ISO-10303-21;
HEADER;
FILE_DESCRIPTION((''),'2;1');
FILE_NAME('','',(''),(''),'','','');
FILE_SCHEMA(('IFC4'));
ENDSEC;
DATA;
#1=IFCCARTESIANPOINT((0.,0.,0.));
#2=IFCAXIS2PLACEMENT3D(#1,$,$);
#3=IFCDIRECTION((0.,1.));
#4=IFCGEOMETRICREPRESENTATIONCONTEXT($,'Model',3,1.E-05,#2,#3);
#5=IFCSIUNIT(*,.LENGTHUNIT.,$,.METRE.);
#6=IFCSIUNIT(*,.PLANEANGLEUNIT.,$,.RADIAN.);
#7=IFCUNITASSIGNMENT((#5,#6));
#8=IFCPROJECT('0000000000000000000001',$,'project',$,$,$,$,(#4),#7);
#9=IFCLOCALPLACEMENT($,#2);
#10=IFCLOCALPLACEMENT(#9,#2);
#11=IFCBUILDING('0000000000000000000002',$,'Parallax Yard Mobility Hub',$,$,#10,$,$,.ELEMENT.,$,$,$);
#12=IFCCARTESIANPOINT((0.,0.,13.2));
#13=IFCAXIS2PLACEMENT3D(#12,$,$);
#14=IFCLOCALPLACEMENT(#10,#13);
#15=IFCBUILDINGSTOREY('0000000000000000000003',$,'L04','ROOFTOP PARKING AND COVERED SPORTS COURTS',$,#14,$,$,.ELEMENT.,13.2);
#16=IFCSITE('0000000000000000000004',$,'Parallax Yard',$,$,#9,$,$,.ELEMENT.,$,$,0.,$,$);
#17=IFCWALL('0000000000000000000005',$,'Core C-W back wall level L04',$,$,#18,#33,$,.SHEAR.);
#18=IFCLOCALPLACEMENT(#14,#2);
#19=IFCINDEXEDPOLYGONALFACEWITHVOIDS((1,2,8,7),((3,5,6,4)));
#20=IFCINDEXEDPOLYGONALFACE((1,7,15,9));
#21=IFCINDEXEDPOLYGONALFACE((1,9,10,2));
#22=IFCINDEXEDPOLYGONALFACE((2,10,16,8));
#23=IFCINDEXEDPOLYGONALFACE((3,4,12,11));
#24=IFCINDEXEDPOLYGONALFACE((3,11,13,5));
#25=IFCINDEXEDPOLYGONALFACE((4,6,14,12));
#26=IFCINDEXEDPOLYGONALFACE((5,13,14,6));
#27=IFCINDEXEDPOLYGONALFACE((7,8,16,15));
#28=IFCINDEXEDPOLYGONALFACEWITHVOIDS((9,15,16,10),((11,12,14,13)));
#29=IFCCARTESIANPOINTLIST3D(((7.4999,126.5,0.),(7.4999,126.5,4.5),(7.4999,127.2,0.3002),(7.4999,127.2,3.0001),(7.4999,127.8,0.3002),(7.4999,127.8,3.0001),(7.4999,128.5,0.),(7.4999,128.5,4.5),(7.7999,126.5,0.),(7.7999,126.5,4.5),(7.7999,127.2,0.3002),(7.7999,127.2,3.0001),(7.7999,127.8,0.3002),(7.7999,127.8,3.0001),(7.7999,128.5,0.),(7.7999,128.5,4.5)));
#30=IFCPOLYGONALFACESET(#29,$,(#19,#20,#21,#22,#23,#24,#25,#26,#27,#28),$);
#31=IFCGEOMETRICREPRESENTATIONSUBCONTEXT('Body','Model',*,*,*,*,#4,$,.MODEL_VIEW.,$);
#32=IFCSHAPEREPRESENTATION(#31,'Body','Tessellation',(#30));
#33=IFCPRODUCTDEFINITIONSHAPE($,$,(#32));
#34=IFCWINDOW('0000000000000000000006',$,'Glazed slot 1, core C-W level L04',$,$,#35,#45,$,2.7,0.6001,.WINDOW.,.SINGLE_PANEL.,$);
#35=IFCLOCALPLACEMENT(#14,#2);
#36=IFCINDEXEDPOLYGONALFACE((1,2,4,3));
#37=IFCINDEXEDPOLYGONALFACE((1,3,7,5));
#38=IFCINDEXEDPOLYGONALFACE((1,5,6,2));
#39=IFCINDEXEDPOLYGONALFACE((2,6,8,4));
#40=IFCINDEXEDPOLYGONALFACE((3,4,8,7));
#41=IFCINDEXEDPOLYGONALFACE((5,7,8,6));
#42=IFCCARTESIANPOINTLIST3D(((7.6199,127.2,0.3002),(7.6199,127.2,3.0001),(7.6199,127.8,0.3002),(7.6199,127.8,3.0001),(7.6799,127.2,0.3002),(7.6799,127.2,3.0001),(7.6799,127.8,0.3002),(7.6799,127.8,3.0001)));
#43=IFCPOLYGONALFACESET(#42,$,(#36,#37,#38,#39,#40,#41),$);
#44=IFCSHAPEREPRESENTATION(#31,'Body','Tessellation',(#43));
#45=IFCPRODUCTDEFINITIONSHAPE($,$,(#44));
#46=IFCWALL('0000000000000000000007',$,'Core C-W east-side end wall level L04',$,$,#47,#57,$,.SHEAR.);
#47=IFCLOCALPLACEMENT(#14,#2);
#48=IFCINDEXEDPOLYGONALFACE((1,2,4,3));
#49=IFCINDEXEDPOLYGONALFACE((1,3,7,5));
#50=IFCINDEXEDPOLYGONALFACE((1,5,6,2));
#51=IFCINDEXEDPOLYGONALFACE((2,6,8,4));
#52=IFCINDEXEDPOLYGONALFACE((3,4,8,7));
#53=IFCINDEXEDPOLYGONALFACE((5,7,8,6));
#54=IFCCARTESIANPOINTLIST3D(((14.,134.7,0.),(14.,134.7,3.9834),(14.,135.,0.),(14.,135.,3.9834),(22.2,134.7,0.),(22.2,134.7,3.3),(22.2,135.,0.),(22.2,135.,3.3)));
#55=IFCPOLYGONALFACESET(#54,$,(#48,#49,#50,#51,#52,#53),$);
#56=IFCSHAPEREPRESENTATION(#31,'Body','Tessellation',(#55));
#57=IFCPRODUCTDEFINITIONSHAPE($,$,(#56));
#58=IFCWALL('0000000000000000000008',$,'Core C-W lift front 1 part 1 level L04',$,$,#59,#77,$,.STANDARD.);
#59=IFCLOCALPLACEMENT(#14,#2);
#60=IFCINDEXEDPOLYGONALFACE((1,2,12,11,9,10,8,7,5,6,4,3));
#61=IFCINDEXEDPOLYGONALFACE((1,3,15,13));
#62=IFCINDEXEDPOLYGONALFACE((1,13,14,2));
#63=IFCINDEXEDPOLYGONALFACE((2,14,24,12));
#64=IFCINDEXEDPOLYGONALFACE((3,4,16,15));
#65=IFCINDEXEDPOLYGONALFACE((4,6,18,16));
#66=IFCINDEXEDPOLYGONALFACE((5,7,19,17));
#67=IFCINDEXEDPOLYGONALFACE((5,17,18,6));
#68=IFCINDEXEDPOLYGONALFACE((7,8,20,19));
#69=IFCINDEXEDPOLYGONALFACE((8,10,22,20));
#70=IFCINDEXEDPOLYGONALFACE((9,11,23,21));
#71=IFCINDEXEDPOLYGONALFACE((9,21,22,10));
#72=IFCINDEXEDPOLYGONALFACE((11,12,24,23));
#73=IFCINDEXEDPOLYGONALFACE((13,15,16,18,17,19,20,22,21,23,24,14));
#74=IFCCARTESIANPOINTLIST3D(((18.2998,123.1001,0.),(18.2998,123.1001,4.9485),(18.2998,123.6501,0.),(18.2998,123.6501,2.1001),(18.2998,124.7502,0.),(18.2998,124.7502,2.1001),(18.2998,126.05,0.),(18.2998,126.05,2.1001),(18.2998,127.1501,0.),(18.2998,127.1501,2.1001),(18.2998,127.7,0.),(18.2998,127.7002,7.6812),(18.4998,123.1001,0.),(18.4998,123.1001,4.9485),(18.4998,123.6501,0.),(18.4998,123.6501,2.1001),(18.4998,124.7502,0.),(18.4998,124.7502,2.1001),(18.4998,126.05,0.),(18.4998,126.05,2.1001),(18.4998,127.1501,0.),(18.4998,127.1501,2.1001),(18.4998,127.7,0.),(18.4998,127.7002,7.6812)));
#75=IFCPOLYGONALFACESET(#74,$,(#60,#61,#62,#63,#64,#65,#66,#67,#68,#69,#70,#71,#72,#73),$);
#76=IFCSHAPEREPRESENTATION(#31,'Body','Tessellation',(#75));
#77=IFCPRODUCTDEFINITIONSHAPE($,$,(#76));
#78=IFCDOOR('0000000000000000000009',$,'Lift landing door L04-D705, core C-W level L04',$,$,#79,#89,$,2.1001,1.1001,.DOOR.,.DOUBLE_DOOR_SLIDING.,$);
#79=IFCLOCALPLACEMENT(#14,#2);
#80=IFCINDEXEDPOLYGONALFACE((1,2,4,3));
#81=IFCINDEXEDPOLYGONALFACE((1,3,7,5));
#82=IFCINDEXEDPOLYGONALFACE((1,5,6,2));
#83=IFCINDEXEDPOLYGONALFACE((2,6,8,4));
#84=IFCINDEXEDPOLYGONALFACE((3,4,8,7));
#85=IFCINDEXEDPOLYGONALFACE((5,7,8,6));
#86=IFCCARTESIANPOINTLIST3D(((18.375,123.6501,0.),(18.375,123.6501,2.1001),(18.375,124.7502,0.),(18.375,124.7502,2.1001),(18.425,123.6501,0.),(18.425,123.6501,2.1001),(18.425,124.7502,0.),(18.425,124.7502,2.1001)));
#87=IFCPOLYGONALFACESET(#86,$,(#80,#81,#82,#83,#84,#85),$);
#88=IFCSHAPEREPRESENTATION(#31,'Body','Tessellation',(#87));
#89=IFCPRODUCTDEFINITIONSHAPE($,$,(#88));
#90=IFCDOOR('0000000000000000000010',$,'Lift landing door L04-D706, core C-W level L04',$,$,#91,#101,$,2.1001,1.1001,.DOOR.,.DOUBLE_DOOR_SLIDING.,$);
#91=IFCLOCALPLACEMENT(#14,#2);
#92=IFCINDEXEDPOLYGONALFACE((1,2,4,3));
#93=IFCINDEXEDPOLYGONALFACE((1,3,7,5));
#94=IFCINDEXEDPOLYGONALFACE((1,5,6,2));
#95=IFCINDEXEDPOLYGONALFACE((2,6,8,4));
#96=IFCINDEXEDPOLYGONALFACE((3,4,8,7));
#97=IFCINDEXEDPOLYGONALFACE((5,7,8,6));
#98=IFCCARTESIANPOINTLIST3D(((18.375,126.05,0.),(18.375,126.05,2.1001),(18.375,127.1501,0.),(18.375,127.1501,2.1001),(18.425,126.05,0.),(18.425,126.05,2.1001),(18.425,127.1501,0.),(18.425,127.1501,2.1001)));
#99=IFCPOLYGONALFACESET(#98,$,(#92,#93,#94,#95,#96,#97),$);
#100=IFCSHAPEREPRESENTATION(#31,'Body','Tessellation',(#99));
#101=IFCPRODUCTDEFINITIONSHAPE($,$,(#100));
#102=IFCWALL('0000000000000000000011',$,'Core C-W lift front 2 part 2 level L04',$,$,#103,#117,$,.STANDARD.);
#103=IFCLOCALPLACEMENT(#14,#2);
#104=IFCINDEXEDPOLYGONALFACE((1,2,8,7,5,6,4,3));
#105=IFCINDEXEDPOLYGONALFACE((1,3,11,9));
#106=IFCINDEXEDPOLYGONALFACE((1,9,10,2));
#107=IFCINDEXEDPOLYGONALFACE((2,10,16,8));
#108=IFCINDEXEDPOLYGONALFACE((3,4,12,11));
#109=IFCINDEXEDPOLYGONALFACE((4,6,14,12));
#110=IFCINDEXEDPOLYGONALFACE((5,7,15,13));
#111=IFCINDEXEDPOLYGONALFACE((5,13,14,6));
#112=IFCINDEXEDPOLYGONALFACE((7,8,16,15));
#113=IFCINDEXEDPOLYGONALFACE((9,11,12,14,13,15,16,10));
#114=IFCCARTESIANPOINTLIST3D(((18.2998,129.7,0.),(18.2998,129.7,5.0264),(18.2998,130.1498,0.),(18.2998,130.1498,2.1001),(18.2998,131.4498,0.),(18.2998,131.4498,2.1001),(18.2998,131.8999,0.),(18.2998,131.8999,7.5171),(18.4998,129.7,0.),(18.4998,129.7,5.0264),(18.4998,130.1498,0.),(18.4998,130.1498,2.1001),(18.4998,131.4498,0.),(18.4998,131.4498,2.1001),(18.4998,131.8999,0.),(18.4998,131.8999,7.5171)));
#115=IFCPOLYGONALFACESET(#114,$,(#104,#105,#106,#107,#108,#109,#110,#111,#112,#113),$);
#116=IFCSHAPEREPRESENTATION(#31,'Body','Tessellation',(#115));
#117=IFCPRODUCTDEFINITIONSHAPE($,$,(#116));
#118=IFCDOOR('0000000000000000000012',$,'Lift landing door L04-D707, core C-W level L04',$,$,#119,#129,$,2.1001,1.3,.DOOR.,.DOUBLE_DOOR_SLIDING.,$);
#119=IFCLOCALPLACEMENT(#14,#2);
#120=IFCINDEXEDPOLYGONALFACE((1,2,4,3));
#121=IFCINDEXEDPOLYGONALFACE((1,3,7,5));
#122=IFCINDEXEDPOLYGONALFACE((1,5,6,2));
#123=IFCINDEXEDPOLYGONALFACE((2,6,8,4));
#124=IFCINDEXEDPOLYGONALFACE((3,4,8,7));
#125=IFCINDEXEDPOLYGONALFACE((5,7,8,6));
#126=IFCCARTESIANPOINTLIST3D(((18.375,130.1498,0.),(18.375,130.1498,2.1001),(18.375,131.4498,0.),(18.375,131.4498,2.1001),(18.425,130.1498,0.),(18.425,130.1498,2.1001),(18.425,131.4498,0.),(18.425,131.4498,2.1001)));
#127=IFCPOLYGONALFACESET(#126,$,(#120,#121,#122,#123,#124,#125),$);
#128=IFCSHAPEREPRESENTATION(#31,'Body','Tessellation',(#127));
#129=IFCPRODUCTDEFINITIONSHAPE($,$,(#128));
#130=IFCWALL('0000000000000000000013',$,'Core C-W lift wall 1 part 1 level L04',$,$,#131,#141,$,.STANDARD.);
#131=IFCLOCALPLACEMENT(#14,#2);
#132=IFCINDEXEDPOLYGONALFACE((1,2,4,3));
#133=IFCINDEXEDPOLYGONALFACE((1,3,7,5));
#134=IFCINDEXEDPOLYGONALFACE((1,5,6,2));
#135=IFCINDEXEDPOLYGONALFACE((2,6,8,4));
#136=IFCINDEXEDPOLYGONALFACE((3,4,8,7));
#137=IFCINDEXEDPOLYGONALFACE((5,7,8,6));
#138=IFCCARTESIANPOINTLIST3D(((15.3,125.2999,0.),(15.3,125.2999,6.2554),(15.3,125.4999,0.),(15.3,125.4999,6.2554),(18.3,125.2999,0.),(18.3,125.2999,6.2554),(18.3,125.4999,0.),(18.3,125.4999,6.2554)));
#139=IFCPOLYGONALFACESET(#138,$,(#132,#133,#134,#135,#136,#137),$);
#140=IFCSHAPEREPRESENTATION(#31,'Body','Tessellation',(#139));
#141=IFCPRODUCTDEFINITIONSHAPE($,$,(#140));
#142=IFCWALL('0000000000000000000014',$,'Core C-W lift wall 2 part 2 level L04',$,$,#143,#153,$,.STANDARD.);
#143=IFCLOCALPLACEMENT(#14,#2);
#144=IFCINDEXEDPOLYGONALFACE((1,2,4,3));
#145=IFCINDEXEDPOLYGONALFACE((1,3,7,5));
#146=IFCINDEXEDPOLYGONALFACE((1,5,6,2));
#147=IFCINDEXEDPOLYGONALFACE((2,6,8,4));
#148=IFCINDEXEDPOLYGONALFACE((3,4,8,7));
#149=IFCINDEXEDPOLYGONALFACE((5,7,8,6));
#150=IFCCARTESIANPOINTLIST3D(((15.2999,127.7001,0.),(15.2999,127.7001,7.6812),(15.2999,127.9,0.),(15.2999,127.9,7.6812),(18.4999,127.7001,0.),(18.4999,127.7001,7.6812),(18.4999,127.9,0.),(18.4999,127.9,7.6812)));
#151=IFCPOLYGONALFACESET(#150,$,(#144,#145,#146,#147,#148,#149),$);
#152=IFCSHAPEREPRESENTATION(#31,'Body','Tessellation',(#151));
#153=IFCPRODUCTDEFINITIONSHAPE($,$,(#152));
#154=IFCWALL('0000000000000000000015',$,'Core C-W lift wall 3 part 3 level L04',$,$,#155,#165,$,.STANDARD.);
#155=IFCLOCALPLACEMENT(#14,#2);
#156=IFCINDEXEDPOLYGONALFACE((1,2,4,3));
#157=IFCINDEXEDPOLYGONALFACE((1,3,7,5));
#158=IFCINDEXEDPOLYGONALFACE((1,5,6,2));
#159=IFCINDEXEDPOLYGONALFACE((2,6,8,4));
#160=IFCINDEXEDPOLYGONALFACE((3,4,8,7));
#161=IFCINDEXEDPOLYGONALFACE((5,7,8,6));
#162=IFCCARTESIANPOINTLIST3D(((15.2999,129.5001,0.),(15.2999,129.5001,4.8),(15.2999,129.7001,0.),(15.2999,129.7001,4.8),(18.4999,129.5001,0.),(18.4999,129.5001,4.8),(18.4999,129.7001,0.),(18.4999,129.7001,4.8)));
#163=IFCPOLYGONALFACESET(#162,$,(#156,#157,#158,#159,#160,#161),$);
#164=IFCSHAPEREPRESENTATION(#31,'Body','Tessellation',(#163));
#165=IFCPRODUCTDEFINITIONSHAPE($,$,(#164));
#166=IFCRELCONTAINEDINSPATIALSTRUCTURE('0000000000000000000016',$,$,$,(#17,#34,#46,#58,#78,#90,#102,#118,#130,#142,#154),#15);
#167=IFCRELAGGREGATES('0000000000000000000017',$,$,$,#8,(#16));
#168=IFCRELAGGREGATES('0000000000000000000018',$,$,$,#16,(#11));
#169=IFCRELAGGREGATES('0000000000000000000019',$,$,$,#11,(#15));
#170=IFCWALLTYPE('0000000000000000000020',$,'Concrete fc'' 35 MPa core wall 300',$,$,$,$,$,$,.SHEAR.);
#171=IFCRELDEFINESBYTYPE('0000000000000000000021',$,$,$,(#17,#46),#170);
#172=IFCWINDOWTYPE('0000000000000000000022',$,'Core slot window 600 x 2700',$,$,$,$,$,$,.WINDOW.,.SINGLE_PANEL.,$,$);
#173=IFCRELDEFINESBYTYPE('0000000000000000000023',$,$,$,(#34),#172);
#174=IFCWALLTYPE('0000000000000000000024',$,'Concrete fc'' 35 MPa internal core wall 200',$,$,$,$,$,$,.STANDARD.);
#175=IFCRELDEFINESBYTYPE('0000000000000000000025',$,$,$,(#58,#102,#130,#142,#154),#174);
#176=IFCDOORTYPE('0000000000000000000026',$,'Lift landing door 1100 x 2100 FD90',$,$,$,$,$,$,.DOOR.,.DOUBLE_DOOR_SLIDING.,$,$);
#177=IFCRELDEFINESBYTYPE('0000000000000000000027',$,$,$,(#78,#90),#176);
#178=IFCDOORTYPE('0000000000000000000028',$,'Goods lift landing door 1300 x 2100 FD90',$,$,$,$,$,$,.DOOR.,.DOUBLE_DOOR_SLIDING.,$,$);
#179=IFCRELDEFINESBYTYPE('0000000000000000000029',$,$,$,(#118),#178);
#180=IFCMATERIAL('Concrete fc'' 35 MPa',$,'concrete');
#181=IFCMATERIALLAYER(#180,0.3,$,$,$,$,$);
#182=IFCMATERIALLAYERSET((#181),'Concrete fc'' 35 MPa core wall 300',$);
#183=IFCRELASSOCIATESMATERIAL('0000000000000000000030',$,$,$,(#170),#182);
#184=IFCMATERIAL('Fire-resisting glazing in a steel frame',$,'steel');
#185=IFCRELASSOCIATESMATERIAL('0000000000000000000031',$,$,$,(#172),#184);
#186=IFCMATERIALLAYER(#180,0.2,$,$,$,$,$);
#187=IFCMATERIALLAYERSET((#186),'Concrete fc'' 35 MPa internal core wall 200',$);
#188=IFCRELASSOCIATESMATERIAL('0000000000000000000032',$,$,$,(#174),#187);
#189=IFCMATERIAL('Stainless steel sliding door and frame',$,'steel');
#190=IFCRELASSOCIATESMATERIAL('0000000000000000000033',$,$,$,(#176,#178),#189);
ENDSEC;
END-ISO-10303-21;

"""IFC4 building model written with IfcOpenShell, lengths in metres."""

from ifc_helpers import new_model, si_unit, direction, frame, frame_2d, origin, place, context, subcontext, project, spatial, polyline, rectangle, outline, extrude, material, layer, layer_set, type_object, element, fill, save


model = new_model("IFC4")

# Units and contexts
model_context = context("Model", 3, precision=1e-05, world=origin(), true_north=direction((0.0, 1.0)))
body_context = subcontext(model_context, "Body", "Model", "MODEL_VIEW")
ifc_project = project(units=[si_unit("LENGTHUNIT", "METRE"), si_unit("PLANEANGLEUNIT", "RADIAN")], contexts=[model_context])

# Site, building, storey
site_placement = place(None, origin())
site = spatial("IfcSite", under=ifc_project, at=site_placement, Name="Parallax Yard", CompositionType="ELEMENT", RefElevation=0.0)
building_placement = place(site_placement, origin())
building = spatial("IfcBuilding", under=site, at=building_placement, Name="Parallax Yard Mobility Hub", CompositionType="ELEMENT")
storey_placement = place(building_placement, frame((0.0, 0.0, 13.2)))
storey = spatial("IfcBuildingStorey", under=building, at=storey_placement, Name="L04", Description="ROOFTOP PARKING AND COVERED SPORTS COURTS", CompositionType="ELEMENT", Elevation=13.2)

# Wall, opening, window
ifc_material_1 = material(Name="Concrete fc' 35 MPa", Category="concrete")
ifc_layer_1 = layer(ifc_material_1, 0.3)
ifc_layer_set_1 = layer_set([ifc_layer_1], Name="Concrete fc' 35 MPa core wall 300")
wall_type_1 = type_object("IfcWallType", Name="Concrete fc' 35 MPa core wall 300", PredefinedType="SHEAR", material=ifc_layer_set_1)
wall_1_placement = place(storey_placement, frame((7.6499, 126.5, 0.0), z_axis=(0.0, 0.0, 1.0), x_axis=(0.0, 1.0, 0.0)))
wall_1 = element("IfcWall", 1, at=wall_1_placement, inside=storey, type_object=wall_type_1, Name="Core C-W back wall level L04", PredefinedType="SHEAR", context=body_context, shape_type="SweptSolid", body=[
    extrude(rectangle(XDim=2.0, YDim=0.3, at=frame_2d((1.0, 0.0))), origin(), (0.0, 0.0, 1.0), 4.5),
])
opening_1_placement = place(wall_1_placement, frame((0.7, 0.0, 0.3)))
opening_1 = element("IfcOpeningElement", 2, at=opening_1_placement, cuts=wall_1, PredefinedType="OPENING", context=body_context, shape_type="SweptSolid", body=[
    extrude(rectangle(XDim=0.6001, YDim=2.7, at=frame_2d((0.3, 1.3501))), frame((0.0, 0.1602, 0.0), z_axis=(0.0, -1.0, 0.0), x_axis=(1.0, 0.0, 0.0)), (0.0, 0.0, 1.0), 0.3201),
])
ifc_material_2 = material(Name="Fire-resisting glazing in a steel frame", Category="steel")
window_type = type_object("IfcWindowType", Name="Core slot window 600 x 2700", PartitioningType="SINGLE_PANEL", PredefinedType="WINDOW", material=ifc_material_2)
window_placement = place(opening_1_placement, origin())
window = element("IfcWindow", 3, at=window_placement, inside=storey, type_object=window_type, Name="Glazed slot 1, core C-W level L04", OverallHeight=2.7, OverallWidth=0.6001, PartitioningType="SINGLE_PANEL", PredefinedType="WINDOW", context=body_context, shape_type="SweptSolid", body=[
    extrude(rectangle(XDim=0.6001, YDim=2.7, at=frame_2d((0.3, 1.3501))), frame((0.0, 0.03, 0.0), z_axis=(0.0, -1.0, 0.0), x_axis=(1.0, 0.0, 0.0)), (0.0, 0.0, 1.0), 0.0601),
])
fill(opening_1, window)

# Wall
wall_2_placement = place(storey_placement, frame((14.0, 134.8501, 0.0), z_axis=(0.0, 0.0, 1.0), x_axis=(1.0, 0.0, 0.0)))
element("IfcWall", 4, at=wall_2_placement, inside=storey, type_object=wall_type_1, Name="Core C-W east-side end wall level L04", PredefinedType="SHEAR", context=body_context, shape_type="SweptSolid", body=[
    extrude(outline(polyline([(0.0, 0.0), (8.2, 0.0), (8.2, 3.3), (0.0, 3.9834), (0.0, 0.0)])), frame((0.0, 0.1499, 0.0), z_axis=(0.0, -1.0, 0.0), x_axis=(1.0, 0.0, 0.0)), (0.0, 0.0, 1.0), 0.3),
])

# Wall, openings, doors
ifc_layer_2 = layer(ifc_material_1, 0.2)
ifc_layer_set_2 = layer_set([ifc_layer_2], Name="Concrete fc' 35 MPa internal core wall 200")
wall_type_2 = type_object("IfcWallType", Name="Concrete fc' 35 MPa internal core wall 200", PredefinedType="STANDARD", material=ifc_layer_set_2)
wall_3_placement = place(storey_placement, frame((18.3999, 123.1001, 0.0), z_axis=(0.0, 0.0, 1.0), x_axis=(0.0, 1.0, 0.0)))
wall_3 = element("IfcWall", 5, at=wall_3_placement, inside=storey, type_object=wall_type_2, Name="Core C-W lift front 1 part 1 level L04", PredefinedType="STANDARD", context=body_context, shape_type="SweptSolid", body=[
    extrude(outline(polyline([(0.0, 0.0), (4.5999, 0.0), (4.6001, 7.6812), (0.0, 4.9485), (0.0, 0.0)])), frame((0.0, 0.1001, 0.0), z_axis=(0.0, -1.0, 0.0), x_axis=(1.0, 0.0, 0.0)), (0.0, 0.0, 1.0), 0.2),
])
opening_2_placement = place(wall_3_placement, frame((0.55, 0.0, 0.0)))
opening_2 = element("IfcOpeningElement", 6, at=opening_2_placement, cuts=wall_3, PredefinedType="OPENING", context=body_context, shape_type="SweptSolid", body=[
    extrude(rectangle(XDim=1.1001, YDim=2.1001, at=frame_2d((0.55, 1.05))), frame((0.0, 0.1099, 0.0), z_axis=(0.0, -1.0, 0.0), x_axis=(1.0, 0.0, 0.0)), (0.0, 0.0, 1.0), 0.22),
])
opening_3_placement = place(wall_3_placement, frame((2.95, 0.0, 0.0)))
opening_3 = element("IfcOpeningElement", 7, at=opening_3_placement, cuts=wall_3, PredefinedType="OPENING", context=body_context, shape_type="SweptSolid", body=[
    extrude(rectangle(XDim=1.1001, YDim=2.1001, at=frame_2d((0.55, 1.05))), frame((0.0, 0.1099, 0.0), z_axis=(0.0, -1.0, 0.0), x_axis=(1.0, 0.0, 0.0)), (0.0, 0.0, 1.0), 0.22),
])
ifc_material_3 = material(Name="Stainless steel sliding door and frame", Category="steel")
door_type_1 = type_object("IfcDoorType", Name="Lift landing door 1100 x 2100 FD90", OperationType="DOUBLE_DOOR_SLIDING", PredefinedType="DOOR", material=ifc_material_3)
door_1_placement = place(opening_2_placement, origin())
door_1 = element("IfcDoor", 8, at=door_1_placement, inside=storey, type_object=door_type_1, Name="Lift landing door L04-D705, core C-W level L04", OperationType="DOUBLE_DOOR_SLIDING", OverallHeight=2.1001, OverallWidth=1.1001, PredefinedType="DOOR", context=body_context, shape_type="SweptSolid", body=[
    extrude(rectangle(XDim=1.1001, YDim=2.1001, at=frame_2d((0.55, 1.05))), frame((0.0, 0.0249, 0.0), z_axis=(0.0, -1.0, 0.0), x_axis=(1.0, 0.0, 0.0)), (0.0, 0.0, 1.0), 0.05),
])
fill(opening_2, door_1)
door_2_placement = place(opening_3_placement, origin())
door_2 = element("IfcDoor", 9, at=door_2_placement, inside=storey, type_object=door_type_1, Name="Lift landing door L04-D706, core C-W level L04", OperationType="DOUBLE_DOOR_SLIDING", OverallHeight=2.1001, OverallWidth=1.1001, PredefinedType="DOOR", context=body_context, shape_type="SweptSolid", body=[
    extrude(rectangle(XDim=1.1001, YDim=2.1001, at=frame_2d((0.55, 1.05))), frame((0.0, 0.0249, 0.0), z_axis=(0.0, -1.0, 0.0), x_axis=(1.0, 0.0, 0.0)), (0.0, 0.0, 1.0), 0.05),
])
fill(opening_3, door_2)

# Wall, opening, door
wall_4_placement = place(storey_placement, frame((18.3999, 129.7, 0.0), z_axis=(0.0, 0.0, 1.0), x_axis=(0.0, 1.0, 0.0)))
wall_4 = element("IfcWall", 10, at=wall_4_placement, inside=storey, type_object=wall_type_2, Name="Core C-W lift front 2 part 2 level L04", PredefinedType="STANDARD", context=body_context, shape_type="SweptSolid", body=[
    extrude(outline(polyline([(0.0, 0.0), (2.2, 0.0), (2.2, 7.5171), (0.0, 5.0264), (0.0, 0.0)])), frame((0.0, 0.1001, 0.0), z_axis=(0.0, -1.0, 0.0), x_axis=(1.0, 0.0, 0.0)), (0.0, 0.0, 1.0), 0.2),
])
opening_4_placement = place(wall_4_placement, frame((0.45, 0.0, 0.0)))
opening_4 = element("IfcOpeningElement", 11, at=opening_4_placement, cuts=wall_4, PredefinedType="OPENING", context=body_context, shape_type="SweptSolid", body=[
    extrude(rectangle(XDim=1.3, YDim=2.1001, at=frame_2d((0.6499, 1.05))), frame((0.0, 0.1099, 0.0), z_axis=(0.0, -1.0, 0.0), x_axis=(1.0, 0.0, 0.0)), (0.0, 0.0, 1.0), 0.22),
])
door_type_2 = type_object("IfcDoorType", Name="Goods lift landing door 1300 x 2100 FD90", OperationType="DOUBLE_DOOR_SLIDING", PredefinedType="DOOR", material=ifc_material_3)
door_3_placement = place(opening_4_placement, origin())
door_3 = element("IfcDoor", 12, at=door_3_placement, inside=storey, type_object=door_type_2, Name="Lift landing door L04-D707, core C-W level L04", OperationType="DOUBLE_DOOR_SLIDING", OverallHeight=2.1001, OverallWidth=1.3, PredefinedType="DOOR", context=body_context, shape_type="SweptSolid", body=[
    extrude(rectangle(XDim=1.3, YDim=2.1001, at=frame_2d((0.6499, 1.05))), frame((0.0, 0.0249, 0.0), z_axis=(0.0, -1.0, 0.0), x_axis=(1.0, 0.0, 0.0)), (0.0, 0.0, 1.0), 0.05),
])
fill(opening_4, door_3)

# Walls
wall_5_placement = place(storey_placement, frame((18.3, 125.3999, 0.0), z_axis=(0.0, 0.0, 1.0), x_axis=(-1.0, 0.0, 0.0)))
element("IfcWall", 13, at=wall_5_placement, inside=storey, type_object=wall_type_2, Name="Core C-W lift wall 1 part 1 level L04", PredefinedType="STANDARD", context=body_context, shape_type="SweptSolid", body=[
    extrude(rectangle(XDim=3.0, YDim=0.2, at=frame_2d((1.5, 0.0))), origin(), (0.0, 0.0, 1.0), 6.2554),
])
wall_6_placement = place(storey_placement, frame((18.5, 127.8, 0.0), z_axis=(0.0, 0.0, 1.0), x_axis=(-1.0, 0.0, 0.0)))
element("IfcWall", 14, at=wall_6_placement, inside=storey, type_object=wall_type_2, Name="Core C-W lift wall 2 part 2 level L04", PredefinedType="STANDARD", context=body_context, shape_type="SweptSolid", body=[
    extrude(rectangle(XDim=3.2, YDim=0.2, at=frame_2d((1.6001, 0.0))), origin(), (0.0, 0.0, 1.0), 7.6812),
])
wall_7_placement = place(storey_placement, frame((18.5, 129.6001, 0.0), z_axis=(0.0, 0.0, 1.0), x_axis=(-1.0, 0.0, 0.0)))
element("IfcWall", 15, at=wall_7_placement, inside=storey, type_object=wall_type_2, Name="Core C-W lift wall 3 part 3 level L04", PredefinedType="STANDARD", context=body_context, shape_type="SweptSolid", body=[
    extrude(rectangle(XDim=3.2, YDim=0.2, at=frame_2d((1.6001, 0.0))), origin(), (0.0, 0.0, 1.0), 4.8),
])

save(model, "model.ifc")
